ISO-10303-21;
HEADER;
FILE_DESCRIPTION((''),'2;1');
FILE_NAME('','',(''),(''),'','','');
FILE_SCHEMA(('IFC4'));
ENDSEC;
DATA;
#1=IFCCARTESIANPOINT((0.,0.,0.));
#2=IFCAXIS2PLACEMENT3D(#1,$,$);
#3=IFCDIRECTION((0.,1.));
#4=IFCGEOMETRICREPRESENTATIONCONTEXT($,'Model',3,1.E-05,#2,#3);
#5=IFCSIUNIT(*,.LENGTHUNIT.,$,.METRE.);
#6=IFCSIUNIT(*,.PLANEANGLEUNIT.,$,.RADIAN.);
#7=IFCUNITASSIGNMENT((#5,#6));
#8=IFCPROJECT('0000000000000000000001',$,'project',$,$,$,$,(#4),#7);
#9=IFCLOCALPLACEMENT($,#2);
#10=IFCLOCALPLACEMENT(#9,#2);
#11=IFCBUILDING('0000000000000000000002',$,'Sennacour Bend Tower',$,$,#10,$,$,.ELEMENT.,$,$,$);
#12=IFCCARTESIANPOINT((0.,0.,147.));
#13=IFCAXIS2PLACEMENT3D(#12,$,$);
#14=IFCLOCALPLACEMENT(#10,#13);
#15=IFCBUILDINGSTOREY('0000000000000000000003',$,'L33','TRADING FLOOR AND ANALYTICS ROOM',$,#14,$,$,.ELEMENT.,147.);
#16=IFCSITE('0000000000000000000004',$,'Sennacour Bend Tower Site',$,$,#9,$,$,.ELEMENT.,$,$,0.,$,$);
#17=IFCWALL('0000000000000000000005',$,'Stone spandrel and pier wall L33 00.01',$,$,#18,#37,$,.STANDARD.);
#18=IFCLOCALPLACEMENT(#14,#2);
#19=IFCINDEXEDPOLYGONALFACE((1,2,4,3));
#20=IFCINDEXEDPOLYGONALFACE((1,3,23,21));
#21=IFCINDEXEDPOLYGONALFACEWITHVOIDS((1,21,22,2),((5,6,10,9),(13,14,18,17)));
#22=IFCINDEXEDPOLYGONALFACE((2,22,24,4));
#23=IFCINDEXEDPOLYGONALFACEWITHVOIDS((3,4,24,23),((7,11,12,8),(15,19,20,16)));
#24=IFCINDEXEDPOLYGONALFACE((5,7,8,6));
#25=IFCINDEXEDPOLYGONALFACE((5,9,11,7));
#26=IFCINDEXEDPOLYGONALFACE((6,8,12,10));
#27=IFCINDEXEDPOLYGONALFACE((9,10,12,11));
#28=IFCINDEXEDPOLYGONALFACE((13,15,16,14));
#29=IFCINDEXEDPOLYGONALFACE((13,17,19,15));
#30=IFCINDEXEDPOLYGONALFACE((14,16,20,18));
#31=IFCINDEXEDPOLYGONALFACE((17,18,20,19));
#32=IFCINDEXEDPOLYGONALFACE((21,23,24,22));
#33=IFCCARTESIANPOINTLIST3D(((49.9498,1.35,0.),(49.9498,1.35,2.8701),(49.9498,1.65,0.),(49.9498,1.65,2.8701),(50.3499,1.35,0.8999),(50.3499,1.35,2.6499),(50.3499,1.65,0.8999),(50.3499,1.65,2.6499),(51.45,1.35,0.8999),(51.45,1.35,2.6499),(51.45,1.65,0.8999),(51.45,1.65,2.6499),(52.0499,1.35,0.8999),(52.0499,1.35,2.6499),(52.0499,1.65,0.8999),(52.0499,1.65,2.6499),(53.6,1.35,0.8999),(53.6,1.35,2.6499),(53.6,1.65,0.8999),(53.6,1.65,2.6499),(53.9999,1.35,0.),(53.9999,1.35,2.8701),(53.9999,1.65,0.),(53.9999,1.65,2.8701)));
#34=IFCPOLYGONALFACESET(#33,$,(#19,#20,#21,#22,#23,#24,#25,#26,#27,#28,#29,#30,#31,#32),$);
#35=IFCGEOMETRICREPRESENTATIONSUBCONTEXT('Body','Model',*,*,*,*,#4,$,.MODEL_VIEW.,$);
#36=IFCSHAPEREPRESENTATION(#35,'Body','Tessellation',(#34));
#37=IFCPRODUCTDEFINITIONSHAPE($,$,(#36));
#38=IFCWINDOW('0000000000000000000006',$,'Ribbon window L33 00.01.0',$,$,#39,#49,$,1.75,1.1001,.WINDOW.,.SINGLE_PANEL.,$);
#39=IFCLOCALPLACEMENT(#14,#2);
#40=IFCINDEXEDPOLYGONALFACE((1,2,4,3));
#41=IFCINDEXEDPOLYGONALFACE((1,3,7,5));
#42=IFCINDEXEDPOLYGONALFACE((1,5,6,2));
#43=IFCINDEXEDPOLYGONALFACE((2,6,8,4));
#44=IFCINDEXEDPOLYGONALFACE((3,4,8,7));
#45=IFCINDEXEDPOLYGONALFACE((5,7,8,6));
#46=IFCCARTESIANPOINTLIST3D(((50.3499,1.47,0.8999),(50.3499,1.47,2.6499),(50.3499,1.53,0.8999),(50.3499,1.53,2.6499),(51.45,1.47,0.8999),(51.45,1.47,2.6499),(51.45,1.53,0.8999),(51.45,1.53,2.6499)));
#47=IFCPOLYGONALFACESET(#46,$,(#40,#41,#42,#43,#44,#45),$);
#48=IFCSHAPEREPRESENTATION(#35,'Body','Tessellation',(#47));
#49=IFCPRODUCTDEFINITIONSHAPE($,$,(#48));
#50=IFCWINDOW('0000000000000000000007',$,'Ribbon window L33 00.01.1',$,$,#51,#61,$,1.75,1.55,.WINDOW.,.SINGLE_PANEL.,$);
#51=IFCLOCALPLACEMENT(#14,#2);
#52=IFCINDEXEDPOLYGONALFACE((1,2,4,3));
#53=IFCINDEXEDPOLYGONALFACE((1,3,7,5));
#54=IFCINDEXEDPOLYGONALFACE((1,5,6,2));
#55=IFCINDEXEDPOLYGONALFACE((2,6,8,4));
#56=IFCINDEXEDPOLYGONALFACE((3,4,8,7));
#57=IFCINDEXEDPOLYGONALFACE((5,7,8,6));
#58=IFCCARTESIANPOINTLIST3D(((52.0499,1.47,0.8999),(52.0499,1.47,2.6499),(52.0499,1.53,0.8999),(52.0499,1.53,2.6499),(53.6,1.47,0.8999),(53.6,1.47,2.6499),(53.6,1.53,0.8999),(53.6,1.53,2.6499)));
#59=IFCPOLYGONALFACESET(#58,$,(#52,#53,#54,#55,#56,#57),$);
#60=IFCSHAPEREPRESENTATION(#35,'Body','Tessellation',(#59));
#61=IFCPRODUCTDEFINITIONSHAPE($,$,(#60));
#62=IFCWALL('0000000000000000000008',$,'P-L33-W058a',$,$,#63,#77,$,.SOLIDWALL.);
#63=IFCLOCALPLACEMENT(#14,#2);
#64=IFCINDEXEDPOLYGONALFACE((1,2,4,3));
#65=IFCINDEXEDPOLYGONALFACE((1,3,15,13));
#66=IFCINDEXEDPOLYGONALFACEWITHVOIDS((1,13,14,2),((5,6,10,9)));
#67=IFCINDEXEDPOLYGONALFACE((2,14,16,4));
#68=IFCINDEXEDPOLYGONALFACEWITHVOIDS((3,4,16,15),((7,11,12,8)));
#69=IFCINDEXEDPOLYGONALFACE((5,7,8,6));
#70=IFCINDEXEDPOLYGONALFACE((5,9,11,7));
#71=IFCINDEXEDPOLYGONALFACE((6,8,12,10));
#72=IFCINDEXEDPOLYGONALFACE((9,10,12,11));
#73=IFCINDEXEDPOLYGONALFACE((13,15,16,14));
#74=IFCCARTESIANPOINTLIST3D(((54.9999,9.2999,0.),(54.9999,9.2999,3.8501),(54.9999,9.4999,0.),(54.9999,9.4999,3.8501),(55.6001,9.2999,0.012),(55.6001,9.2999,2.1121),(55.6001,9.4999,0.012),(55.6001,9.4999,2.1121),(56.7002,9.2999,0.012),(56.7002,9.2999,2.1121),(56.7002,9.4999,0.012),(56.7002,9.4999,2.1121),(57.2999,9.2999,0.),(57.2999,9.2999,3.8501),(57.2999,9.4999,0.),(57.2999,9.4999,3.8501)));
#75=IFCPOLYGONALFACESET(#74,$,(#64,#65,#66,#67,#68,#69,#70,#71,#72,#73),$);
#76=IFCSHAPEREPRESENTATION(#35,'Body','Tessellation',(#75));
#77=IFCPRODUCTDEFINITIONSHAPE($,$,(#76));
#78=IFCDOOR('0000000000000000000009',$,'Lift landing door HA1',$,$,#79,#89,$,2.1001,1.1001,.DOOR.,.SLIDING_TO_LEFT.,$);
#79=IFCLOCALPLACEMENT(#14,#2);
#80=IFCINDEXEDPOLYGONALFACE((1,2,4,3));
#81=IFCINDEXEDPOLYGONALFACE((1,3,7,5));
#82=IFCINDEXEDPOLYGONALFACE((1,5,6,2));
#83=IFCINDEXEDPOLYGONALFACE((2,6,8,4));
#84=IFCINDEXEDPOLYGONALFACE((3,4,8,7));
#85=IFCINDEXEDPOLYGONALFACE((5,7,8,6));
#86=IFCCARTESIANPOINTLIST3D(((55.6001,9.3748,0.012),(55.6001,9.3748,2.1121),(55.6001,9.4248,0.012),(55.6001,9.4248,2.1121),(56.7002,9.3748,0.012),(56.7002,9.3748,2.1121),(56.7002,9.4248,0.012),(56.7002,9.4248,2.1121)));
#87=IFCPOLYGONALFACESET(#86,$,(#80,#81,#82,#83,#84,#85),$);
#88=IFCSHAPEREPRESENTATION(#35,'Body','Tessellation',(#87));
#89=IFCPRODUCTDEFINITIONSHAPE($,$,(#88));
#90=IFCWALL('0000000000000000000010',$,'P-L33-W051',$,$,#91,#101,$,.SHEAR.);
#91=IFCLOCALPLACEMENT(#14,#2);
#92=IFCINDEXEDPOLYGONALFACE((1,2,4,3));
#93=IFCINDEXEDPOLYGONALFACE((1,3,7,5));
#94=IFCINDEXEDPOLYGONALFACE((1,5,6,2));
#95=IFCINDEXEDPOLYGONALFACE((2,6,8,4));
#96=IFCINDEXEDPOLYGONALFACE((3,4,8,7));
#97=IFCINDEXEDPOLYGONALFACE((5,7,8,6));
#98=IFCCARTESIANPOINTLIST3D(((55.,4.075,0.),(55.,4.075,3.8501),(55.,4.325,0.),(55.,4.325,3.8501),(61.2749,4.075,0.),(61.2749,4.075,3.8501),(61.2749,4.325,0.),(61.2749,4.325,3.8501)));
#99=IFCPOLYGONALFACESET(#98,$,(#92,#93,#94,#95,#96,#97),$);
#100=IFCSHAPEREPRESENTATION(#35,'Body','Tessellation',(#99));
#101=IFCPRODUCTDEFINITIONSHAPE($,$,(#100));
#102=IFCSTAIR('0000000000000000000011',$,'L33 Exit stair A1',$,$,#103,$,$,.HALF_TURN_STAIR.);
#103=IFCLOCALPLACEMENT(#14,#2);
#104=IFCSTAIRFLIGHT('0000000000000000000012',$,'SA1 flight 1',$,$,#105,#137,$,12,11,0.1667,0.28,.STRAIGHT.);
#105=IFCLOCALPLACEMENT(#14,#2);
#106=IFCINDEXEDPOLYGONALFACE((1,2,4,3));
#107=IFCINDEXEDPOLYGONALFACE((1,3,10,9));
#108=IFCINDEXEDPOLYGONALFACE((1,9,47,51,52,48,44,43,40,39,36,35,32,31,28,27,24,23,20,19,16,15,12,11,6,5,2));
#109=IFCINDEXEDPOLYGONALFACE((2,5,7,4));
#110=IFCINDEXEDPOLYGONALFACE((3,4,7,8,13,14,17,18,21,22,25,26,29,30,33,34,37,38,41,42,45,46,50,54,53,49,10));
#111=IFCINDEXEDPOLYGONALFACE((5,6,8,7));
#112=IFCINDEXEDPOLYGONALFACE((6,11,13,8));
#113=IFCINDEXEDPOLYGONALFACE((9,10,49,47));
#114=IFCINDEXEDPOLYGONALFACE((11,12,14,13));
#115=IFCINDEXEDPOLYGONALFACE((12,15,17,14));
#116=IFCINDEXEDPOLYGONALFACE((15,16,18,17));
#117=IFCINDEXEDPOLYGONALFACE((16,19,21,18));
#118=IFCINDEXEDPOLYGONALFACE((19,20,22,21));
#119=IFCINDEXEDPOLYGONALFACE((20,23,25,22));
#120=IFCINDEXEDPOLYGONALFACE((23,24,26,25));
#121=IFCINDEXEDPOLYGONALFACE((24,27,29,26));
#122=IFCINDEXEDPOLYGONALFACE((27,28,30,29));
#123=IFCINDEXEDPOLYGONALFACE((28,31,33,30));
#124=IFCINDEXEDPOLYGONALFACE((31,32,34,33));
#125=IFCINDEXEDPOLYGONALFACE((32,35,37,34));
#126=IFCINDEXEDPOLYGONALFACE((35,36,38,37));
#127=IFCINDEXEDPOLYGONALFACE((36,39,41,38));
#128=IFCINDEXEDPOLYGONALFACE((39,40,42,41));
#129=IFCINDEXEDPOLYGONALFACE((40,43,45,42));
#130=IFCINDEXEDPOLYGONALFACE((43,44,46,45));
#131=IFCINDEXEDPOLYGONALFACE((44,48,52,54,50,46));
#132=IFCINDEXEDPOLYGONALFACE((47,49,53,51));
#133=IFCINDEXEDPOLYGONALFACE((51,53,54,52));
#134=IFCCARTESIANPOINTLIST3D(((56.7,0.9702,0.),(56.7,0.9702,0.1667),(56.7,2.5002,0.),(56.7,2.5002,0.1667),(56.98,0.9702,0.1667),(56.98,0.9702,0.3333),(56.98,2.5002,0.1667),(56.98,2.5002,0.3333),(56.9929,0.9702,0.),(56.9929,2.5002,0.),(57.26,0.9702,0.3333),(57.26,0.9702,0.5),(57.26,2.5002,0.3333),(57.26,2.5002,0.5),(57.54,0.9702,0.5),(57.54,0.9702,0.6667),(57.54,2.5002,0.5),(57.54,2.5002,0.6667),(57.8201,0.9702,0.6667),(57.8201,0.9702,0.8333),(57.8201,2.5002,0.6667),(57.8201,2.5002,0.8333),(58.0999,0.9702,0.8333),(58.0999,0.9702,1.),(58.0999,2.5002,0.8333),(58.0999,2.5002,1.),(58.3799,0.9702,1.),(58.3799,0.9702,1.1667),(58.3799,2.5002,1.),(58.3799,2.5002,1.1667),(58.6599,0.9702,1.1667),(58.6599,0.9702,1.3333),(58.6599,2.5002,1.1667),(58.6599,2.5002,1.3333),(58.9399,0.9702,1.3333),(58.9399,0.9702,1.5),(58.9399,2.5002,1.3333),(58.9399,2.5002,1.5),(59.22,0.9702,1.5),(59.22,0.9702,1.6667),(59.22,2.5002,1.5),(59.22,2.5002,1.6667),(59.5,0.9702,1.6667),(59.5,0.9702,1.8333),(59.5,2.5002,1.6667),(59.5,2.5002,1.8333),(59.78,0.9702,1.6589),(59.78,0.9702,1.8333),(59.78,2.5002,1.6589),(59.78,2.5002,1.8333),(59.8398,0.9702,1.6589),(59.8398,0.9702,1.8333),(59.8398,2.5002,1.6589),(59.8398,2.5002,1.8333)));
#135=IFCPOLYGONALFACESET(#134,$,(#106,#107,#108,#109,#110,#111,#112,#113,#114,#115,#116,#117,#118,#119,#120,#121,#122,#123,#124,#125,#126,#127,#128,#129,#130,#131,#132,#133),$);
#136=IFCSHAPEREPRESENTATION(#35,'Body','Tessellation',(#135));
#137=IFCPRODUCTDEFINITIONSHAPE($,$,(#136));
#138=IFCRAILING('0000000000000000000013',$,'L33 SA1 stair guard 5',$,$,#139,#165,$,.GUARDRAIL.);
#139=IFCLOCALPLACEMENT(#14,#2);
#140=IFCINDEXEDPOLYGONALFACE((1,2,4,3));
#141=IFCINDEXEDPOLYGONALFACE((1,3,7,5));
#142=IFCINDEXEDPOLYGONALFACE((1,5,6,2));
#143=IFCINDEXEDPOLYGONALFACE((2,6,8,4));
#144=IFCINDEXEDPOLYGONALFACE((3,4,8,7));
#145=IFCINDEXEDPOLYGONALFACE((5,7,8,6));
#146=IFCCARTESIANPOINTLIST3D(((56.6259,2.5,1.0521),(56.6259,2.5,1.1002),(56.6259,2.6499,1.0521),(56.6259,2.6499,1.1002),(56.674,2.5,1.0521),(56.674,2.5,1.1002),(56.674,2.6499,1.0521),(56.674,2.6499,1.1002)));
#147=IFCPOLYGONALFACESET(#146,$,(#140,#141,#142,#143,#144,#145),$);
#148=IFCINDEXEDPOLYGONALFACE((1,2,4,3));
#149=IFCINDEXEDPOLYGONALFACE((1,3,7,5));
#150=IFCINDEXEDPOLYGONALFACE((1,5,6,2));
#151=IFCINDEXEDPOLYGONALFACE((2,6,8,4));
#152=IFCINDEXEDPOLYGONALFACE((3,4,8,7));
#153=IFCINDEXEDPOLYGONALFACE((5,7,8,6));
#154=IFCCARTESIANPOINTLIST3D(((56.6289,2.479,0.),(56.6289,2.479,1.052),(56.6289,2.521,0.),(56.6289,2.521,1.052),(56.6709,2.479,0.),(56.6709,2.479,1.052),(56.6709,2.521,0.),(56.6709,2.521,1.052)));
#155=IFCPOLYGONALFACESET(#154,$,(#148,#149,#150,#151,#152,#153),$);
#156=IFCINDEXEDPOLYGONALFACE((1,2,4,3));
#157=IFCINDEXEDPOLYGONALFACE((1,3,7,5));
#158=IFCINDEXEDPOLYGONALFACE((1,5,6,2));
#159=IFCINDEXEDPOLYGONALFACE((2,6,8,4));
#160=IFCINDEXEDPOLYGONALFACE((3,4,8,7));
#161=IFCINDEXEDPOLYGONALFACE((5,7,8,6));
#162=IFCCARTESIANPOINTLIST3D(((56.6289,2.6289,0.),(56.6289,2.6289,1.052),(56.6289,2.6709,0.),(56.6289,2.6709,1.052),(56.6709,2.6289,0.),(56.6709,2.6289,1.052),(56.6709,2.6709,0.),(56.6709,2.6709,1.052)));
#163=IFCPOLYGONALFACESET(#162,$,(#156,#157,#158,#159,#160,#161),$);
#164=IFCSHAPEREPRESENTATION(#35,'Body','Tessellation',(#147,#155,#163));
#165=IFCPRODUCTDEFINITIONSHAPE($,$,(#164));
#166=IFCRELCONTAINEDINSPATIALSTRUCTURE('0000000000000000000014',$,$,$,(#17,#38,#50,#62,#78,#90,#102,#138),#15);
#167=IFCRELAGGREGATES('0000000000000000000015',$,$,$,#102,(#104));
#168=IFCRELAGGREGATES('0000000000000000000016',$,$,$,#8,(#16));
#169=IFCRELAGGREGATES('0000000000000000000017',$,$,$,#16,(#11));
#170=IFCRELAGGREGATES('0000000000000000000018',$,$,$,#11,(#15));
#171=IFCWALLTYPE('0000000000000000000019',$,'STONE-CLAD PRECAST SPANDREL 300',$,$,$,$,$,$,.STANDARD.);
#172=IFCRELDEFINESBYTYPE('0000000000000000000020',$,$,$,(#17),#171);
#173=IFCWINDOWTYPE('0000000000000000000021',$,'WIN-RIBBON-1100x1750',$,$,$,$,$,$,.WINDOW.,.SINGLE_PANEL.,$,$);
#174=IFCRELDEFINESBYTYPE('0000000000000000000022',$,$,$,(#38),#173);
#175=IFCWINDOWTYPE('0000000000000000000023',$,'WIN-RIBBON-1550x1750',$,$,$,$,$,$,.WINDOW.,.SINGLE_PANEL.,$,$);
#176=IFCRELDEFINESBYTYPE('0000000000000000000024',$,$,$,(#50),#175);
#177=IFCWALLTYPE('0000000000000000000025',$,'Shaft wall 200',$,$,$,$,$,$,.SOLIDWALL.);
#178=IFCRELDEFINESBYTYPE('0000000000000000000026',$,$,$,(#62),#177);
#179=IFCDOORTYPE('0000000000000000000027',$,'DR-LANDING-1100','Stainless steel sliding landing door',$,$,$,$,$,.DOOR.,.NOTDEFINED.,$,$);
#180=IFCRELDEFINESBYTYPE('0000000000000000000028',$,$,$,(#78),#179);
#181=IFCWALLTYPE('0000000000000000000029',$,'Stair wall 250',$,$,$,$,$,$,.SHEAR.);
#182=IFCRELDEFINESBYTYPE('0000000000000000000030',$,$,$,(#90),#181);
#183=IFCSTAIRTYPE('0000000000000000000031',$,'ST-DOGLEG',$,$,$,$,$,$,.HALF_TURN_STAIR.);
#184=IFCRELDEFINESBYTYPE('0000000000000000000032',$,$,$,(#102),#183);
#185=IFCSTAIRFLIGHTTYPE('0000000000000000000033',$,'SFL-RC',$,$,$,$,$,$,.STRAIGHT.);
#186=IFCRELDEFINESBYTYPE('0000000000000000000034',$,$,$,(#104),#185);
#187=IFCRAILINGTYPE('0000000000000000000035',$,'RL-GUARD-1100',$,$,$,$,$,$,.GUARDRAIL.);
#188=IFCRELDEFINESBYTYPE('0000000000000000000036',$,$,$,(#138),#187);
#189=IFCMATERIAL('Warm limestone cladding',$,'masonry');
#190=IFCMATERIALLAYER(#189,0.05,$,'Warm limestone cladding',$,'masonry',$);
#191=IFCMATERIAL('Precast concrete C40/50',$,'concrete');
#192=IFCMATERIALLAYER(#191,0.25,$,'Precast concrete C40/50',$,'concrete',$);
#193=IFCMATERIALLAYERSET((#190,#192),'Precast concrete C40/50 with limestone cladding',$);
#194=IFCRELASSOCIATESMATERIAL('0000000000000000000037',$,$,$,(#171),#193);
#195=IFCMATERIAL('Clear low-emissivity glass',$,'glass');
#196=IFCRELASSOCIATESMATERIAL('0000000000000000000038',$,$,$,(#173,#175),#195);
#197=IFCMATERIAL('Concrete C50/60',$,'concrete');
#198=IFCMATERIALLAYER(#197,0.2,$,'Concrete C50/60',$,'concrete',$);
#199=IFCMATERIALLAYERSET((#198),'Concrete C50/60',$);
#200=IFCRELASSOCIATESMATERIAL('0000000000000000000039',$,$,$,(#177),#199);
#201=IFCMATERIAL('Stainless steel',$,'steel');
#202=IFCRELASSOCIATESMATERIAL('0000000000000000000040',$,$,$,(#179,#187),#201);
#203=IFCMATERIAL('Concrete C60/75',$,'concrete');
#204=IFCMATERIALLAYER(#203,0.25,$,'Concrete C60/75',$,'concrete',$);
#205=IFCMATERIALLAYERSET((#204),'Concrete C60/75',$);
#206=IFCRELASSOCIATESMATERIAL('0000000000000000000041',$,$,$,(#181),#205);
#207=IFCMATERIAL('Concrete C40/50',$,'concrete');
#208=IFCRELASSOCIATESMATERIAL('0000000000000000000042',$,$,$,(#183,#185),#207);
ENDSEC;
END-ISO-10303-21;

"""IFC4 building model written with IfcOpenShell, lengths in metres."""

from ifc_helpers import new_model, si_unit, direction, frame, frame_2d, origin, origin_2d, place, context, subcontext, project, spatial, polyline, rectangle, outline, extrude, material, layer, layer_set, type_object, element, fill, aggregate, save


model = new_model("IFC4")

# Units and contexts
model_context = context("Model", 3, precision=1e-05, world=origin(), true_north=direction((0.0, 1.0)))
body_context = subcontext(model_context, "Body", "Model", "MODEL_VIEW")
ifc_project = project(units=[si_unit("LENGTHUNIT", "METRE"), si_unit("PLANEANGLEUNIT", "RADIAN")], contexts=[model_context])

# Site, building, storey
site_placement = place(None, origin())
site = spatial("IfcSite", under=ifc_project, at=site_placement, Name="Sennacour Bend Tower Site", CompositionType="ELEMENT", RefElevation=0.0)
building_placement = place(site_placement, origin())
building = spatial("IfcBuilding", under=site, at=building_placement, Name="Sennacour Bend Tower", CompositionType="ELEMENT")
storey_placement = place(building_placement, frame((0.0, 0.0, 147.0)))
storey = spatial("IfcBuildingStorey", under=building, at=storey_placement, Name="L33", Description="TRADING FLOOR AND ANALYTICS ROOM", CompositionType="ELEMENT", Elevation=147.0)

# Shared definitions
ifc_material_1 = material(Name="Concrete C60/75", Category="concrete")

# Wall, openings, windows
ifc_material_2 = material(Name="Warm limestone cladding", Category="masonry")
ifc_layer_1 = layer(ifc_material_2, 0.05, Name="Warm limestone cladding", Category="masonry")
ifc_material_3 = material(Name="Precast concrete C40/50", Category="concrete")
ifc_layer_2 = layer(ifc_material_3, 0.25, Name="Precast concrete C40/50", Category="concrete")
ifc_layer_set_1 = layer_set([ifc_layer_1, ifc_layer_2], Name="Precast concrete C40/50 with limestone cladding")
wall_type_1 = type_object("IfcWallType", Name="STONE-CLAD PRECAST SPANDREL 300", PredefinedType="STANDARD", material=ifc_layer_set_1)
wall_1_placement = place(storey_placement, frame((49.95, 1.5, 0.0), z_axis=(0.0, 0.0, 1.0), x_axis=(1.0, 0.0, 0.0)))
wall_1 = element("IfcWall", 1, at=wall_1_placement, inside=storey, type_object=wall_type_1, Name="Stone spandrel and pier wall L33 00.01", PredefinedType="STANDARD", context=body_context, shape_type="SweptSolid", body=[
    extrude(rectangle(XDim=4.05, YDim=0.3, at=frame_2d((2.0249, 0.0))), origin(), (0.0, 0.0, 1.0), 2.8701),
])
opening_1_placement = place(wall_1_placement, frame((0.3999, 0.0, 0.8999)))
opening_1 = element("IfcOpeningElement", 2, at=opening_1_placement, cuts=wall_1, PredefinedType="OPENING", context=body_context, shape_type="SweptSolid", body=[
    extrude(rectangle(XDim=1.1001, YDim=1.75, at=frame_2d((0.55, 0.875))), frame((0.0, 0.1602, 0.0), z_axis=(0.0, -1.0, 0.0), x_axis=(1.0, 0.0, 0.0)), (0.0, 0.0, 1.0), 0.3201),
])
opening_2_placement = place(wall_1_placement, frame((2.1001, 0.0, 0.8999)))
opening_2 = element("IfcOpeningElement", 3, at=opening_2_placement, cuts=wall_1, PredefinedType="OPENING", context=body_context, shape_type="SweptSolid", body=[
    extrude(rectangle(XDim=1.55, YDim=1.75, at=frame_2d((0.7749, 0.875))), frame((0.0, 0.1602, 0.0), z_axis=(0.0, -1.0, 0.0), x_axis=(1.0, 0.0, 0.0)), (0.0, 0.0, 1.0), 0.3201),
])
ifc_material_4 = material(Name="Clear low-emissivity glass", Category="glass")
window_type_1 = type_object("IfcWindowType", Name="WIN-RIBBON-1100x1750", PartitioningType="SINGLE_PANEL", PredefinedType="WINDOW", material=ifc_material_4)
window_1_placement = place(opening_1_placement, origin())
window_1 = element("IfcWindow", 4, at=window_1_placement, inside=storey, type_object=window_type_1, Name="Ribbon window L33 00.01.0", OverallHeight=1.75, OverallWidth=1.1001, PartitioningType="SINGLE_PANEL", PredefinedType="WINDOW", context=body_context, shape_type="SweptSolid", body=[
    extrude(rectangle(XDim=1.1001, YDim=1.75, at=frame_2d((0.55, 0.875))), frame((0.0, 0.03, 0.0), z_axis=(0.0, -1.0, 0.0), x_axis=(1.0, 0.0, 0.0)), (0.0, 0.0, 1.0), 0.0601),
])
fill(opening_1, window_1)
window_type_2 = type_object("IfcWindowType", Name="WIN-RIBBON-1550x1750", PartitioningType="SINGLE_PANEL", PredefinedType="WINDOW", material=ifc_material_4)
window_2_placement = place(opening_2_placement, origin())
window_2 = element("IfcWindow", 5, at=window_2_placement, inside=storey, type_object=window_type_2, Name="Ribbon window L33 00.01.1", OverallHeight=1.75, OverallWidth=1.55, PartitioningType="SINGLE_PANEL", PredefinedType="WINDOW", context=body_context, shape_type="SweptSolid", body=[
    extrude(rectangle(XDim=1.55, YDim=1.75, at=frame_2d((0.7749, 0.875))), frame((0.0, 0.03, 0.0), z_axis=(0.0, -1.0, 0.0), x_axis=(1.0, 0.0, 0.0)), (0.0, 0.0, 1.0), 0.0601),
])
fill(opening_2, window_2)

# Wall, opening, door
ifc_material_5 = material(Name="Concrete C50/60", Category="concrete")
ifc_layer_3 = layer(ifc_material_5, 0.2, Name="Concrete C50/60", Category="concrete")
ifc_layer_set_2 = layer_set([ifc_layer_3], Name="Concrete C50/60")
wall_type_2 = type_object("IfcWallType", Name="Shaft wall 200", PredefinedType="SOLIDWALL", material=ifc_layer_set_2)
wall_2_placement = place(storey_placement, frame((55.0, 9.3999, 0.0), z_axis=(0.0, 0.0, 1.0), x_axis=(1.0, 0.0, 0.0)))
wall_2 = element("IfcWall", 6, at=wall_2_placement, inside=storey, type_object=wall_type_2, Name="P-L33-W058a", PredefinedType="SOLIDWALL", context=body_context, shape_type="SweptSolid", body=[
    extrude(rectangle(XDim=2.3, YDim=0.2, at=frame_2d((1.1499, 0.0))), origin(), (0.0, 0.0, 1.0), 3.8501),
])
opening_3_placement = place(wall_2_placement, frame((0.6001, 0.0, 0.012)))
opening_3 = element("IfcOpeningElement", 7, at=opening_3_placement, cuts=wall_2, PredefinedType="OPENING", context=body_context, shape_type="SweptSolid", body=[
    extrude(rectangle(XDim=1.1001, YDim=2.1001, at=frame_2d((0.55, 1.05))), frame((0.0, 0.1099, 0.0), z_axis=(0.0, -1.0, 0.0), x_axis=(1.0, 0.0, 0.0)), (0.0, 0.0, 1.0), 0.22),
])
ifc_material_6 = material(Name="Stainless steel", Category="steel")
door_type_1 = type_object("IfcDoorType", Name="DR-LANDING-1100", Description="Stainless steel sliding landing door", OperationType="NOTDEFINED", PredefinedType="DOOR", material=ifc_material_6)
door_1_placement = place(opening_3_placement, origin())
door_1 = element("IfcDoor", 8, at=door_1_placement, inside=storey, type_object=door_type_1, Name="Lift landing door HA1", OperationType="SLIDING_TO_LEFT", OverallHeight=2.1001, OverallWidth=1.1001, PredefinedType="DOOR", context=body_context, shape_type="SweptSolid", body=[
    extrude(rectangle(XDim=1.1001, YDim=2.1001, at=frame_2d((0.55, 1.05))), frame((0.0, 0.0249, 0.0), z_axis=(0.0, -1.0, 0.0), x_axis=(1.0, 0.0, 0.0)), (0.0, 0.0, 1.0), 0.05),
])
fill(opening_3, door_1)

# Wall
ifc_layer_4 = layer(ifc_material_1, 0.25, Name="Concrete C60/75", Category="concrete")
ifc_layer_set_3 = layer_set([ifc_layer_4], Name="Concrete C60/75")
wall_type_3 = type_object("IfcWallType", Name="Stair wall 250", PredefinedType="SHEAR", material=ifc_layer_set_3)
wall_3_placement = place(storey_placement, frame((55.0, 4.2, 0.0), z_axis=(0.0, 0.0, 1.0), x_axis=(1.0, 0.0, 0.0)))
element("IfcWall", 9, at=wall_3_placement, inside=storey, type_object=wall_type_3, Name="P-L33-W051", PredefinedType="SHEAR", context=body_context, shape_type="SweptSolid", body=[
    extrude(rectangle(XDim=6.2749, YDim=0.25, at=frame_2d((3.1375, 0.0))), origin(), (0.0, 0.0, 1.0), 3.8501),
])

# Stair, stair flight
ifc_material_7 = material(Name="Concrete C40/50", Category="concrete")
stair_type = type_object("IfcStairType", Name="ST-DOGLEG", PredefinedType="HALF_TURN_STAIR", material=ifc_material_7)
stair_placement = place(storey_placement, origin())
stair = element("IfcStair", 10, at=stair_placement, inside=storey, type_object=stair_type, Name="L33 Exit stair A1", PredefinedType="HALF_TURN_STAIR")
stair_flight_type = type_object("IfcStairFlightType", Name="SFL-RC", PredefinedType="STRAIGHT", material=ifc_material_7)
stair_flight_placement = place(storey_placement, frame((56.7, 1.7351, 0.0), z_axis=(0.0, 0.0, 1.0), x_axis=(1.0, 0.0, 0.0)))
stair_flight = element("IfcStairFlight", 11, at=stair_flight_placement, type_object=stair_flight_type, Name="SA1 flight 1", NumberOfRisers=12, NumberOfTreads=11, PredefinedType="STRAIGHT", RiserHeight=0.1667, TreadLength=0.28, context=body_context, shape_type="SweptSolid", body=[
    extrude(outline(polyline([(0.0, 0.0), (0.0, 0.1667), (0.28, 0.1667), (0.28, 0.3333), (0.5601, 0.3333), (0.5601, 0.5), (0.8401, 0.5), (0.8401, 0.6667), (1.1201, 0.6667), (1.1201, 0.8333), (1.3999, 0.8333), (1.3999, 1.0), (1.6799, 1.0), (1.6799, 1.1667), (1.96, 1.1667), (1.96, 1.3333), (2.24, 1.3333), (2.24, 1.5), (2.52, 1.5), (2.52, 1.6667), (2.8, 1.6667), (2.8, 1.8333), (3.0801, 1.8333), (3.1399, 1.8333), (3.1399, 1.6589), (3.0801, 1.6589), (0.293, 0.0), (0.0, 0.0)])), frame((0.0, 0.7651, 0.0), z_axis=(0.0, -1.0, 0.0), x_axis=(1.0, 0.0, 0.0)), (0.0, 0.0, 1.0), 1.53),
])
aggregate(stair, [stair_flight])

# Railing
railing_type_1 = type_object("IfcRailingType", Name="RL-GUARD-1100", PredefinedType="GUARDRAIL", material=ifc_material_6)
railing_1_placement = place(storey_placement, frame((56.6499, 2.5, 0.0)))
element("IfcRailing", 12, at=railing_1_placement, inside=storey, type_object=railing_type_1, Name="L33 SA1 stair guard 5", PredefinedType="GUARDRAIL", context=body_context, shape_type="SweptSolid", body=[
    extrude(rectangle(XDim=0.0481, YDim=0.0481, at=origin_2d()), frame((0.0, 0.0, 1.0762), z_axis=(0.0, 1.0, 0.0), x_axis=(-1.0, 0.0, 0.0)), (0.0, 0.0, 1.0), 0.1499),
    extrude(rectangle(XDim=0.042, YDim=0.042, at=origin_2d()), origin(), (0.0, 0.0, 1.0), 1.052),
    extrude(rectangle(XDim=0.042, YDim=0.042, at=origin_2d()), frame((0.0, 0.1499, 0.0)), (0.0, 0.0, 1.0), 1.052),
])

save(model, "model.ifc")
